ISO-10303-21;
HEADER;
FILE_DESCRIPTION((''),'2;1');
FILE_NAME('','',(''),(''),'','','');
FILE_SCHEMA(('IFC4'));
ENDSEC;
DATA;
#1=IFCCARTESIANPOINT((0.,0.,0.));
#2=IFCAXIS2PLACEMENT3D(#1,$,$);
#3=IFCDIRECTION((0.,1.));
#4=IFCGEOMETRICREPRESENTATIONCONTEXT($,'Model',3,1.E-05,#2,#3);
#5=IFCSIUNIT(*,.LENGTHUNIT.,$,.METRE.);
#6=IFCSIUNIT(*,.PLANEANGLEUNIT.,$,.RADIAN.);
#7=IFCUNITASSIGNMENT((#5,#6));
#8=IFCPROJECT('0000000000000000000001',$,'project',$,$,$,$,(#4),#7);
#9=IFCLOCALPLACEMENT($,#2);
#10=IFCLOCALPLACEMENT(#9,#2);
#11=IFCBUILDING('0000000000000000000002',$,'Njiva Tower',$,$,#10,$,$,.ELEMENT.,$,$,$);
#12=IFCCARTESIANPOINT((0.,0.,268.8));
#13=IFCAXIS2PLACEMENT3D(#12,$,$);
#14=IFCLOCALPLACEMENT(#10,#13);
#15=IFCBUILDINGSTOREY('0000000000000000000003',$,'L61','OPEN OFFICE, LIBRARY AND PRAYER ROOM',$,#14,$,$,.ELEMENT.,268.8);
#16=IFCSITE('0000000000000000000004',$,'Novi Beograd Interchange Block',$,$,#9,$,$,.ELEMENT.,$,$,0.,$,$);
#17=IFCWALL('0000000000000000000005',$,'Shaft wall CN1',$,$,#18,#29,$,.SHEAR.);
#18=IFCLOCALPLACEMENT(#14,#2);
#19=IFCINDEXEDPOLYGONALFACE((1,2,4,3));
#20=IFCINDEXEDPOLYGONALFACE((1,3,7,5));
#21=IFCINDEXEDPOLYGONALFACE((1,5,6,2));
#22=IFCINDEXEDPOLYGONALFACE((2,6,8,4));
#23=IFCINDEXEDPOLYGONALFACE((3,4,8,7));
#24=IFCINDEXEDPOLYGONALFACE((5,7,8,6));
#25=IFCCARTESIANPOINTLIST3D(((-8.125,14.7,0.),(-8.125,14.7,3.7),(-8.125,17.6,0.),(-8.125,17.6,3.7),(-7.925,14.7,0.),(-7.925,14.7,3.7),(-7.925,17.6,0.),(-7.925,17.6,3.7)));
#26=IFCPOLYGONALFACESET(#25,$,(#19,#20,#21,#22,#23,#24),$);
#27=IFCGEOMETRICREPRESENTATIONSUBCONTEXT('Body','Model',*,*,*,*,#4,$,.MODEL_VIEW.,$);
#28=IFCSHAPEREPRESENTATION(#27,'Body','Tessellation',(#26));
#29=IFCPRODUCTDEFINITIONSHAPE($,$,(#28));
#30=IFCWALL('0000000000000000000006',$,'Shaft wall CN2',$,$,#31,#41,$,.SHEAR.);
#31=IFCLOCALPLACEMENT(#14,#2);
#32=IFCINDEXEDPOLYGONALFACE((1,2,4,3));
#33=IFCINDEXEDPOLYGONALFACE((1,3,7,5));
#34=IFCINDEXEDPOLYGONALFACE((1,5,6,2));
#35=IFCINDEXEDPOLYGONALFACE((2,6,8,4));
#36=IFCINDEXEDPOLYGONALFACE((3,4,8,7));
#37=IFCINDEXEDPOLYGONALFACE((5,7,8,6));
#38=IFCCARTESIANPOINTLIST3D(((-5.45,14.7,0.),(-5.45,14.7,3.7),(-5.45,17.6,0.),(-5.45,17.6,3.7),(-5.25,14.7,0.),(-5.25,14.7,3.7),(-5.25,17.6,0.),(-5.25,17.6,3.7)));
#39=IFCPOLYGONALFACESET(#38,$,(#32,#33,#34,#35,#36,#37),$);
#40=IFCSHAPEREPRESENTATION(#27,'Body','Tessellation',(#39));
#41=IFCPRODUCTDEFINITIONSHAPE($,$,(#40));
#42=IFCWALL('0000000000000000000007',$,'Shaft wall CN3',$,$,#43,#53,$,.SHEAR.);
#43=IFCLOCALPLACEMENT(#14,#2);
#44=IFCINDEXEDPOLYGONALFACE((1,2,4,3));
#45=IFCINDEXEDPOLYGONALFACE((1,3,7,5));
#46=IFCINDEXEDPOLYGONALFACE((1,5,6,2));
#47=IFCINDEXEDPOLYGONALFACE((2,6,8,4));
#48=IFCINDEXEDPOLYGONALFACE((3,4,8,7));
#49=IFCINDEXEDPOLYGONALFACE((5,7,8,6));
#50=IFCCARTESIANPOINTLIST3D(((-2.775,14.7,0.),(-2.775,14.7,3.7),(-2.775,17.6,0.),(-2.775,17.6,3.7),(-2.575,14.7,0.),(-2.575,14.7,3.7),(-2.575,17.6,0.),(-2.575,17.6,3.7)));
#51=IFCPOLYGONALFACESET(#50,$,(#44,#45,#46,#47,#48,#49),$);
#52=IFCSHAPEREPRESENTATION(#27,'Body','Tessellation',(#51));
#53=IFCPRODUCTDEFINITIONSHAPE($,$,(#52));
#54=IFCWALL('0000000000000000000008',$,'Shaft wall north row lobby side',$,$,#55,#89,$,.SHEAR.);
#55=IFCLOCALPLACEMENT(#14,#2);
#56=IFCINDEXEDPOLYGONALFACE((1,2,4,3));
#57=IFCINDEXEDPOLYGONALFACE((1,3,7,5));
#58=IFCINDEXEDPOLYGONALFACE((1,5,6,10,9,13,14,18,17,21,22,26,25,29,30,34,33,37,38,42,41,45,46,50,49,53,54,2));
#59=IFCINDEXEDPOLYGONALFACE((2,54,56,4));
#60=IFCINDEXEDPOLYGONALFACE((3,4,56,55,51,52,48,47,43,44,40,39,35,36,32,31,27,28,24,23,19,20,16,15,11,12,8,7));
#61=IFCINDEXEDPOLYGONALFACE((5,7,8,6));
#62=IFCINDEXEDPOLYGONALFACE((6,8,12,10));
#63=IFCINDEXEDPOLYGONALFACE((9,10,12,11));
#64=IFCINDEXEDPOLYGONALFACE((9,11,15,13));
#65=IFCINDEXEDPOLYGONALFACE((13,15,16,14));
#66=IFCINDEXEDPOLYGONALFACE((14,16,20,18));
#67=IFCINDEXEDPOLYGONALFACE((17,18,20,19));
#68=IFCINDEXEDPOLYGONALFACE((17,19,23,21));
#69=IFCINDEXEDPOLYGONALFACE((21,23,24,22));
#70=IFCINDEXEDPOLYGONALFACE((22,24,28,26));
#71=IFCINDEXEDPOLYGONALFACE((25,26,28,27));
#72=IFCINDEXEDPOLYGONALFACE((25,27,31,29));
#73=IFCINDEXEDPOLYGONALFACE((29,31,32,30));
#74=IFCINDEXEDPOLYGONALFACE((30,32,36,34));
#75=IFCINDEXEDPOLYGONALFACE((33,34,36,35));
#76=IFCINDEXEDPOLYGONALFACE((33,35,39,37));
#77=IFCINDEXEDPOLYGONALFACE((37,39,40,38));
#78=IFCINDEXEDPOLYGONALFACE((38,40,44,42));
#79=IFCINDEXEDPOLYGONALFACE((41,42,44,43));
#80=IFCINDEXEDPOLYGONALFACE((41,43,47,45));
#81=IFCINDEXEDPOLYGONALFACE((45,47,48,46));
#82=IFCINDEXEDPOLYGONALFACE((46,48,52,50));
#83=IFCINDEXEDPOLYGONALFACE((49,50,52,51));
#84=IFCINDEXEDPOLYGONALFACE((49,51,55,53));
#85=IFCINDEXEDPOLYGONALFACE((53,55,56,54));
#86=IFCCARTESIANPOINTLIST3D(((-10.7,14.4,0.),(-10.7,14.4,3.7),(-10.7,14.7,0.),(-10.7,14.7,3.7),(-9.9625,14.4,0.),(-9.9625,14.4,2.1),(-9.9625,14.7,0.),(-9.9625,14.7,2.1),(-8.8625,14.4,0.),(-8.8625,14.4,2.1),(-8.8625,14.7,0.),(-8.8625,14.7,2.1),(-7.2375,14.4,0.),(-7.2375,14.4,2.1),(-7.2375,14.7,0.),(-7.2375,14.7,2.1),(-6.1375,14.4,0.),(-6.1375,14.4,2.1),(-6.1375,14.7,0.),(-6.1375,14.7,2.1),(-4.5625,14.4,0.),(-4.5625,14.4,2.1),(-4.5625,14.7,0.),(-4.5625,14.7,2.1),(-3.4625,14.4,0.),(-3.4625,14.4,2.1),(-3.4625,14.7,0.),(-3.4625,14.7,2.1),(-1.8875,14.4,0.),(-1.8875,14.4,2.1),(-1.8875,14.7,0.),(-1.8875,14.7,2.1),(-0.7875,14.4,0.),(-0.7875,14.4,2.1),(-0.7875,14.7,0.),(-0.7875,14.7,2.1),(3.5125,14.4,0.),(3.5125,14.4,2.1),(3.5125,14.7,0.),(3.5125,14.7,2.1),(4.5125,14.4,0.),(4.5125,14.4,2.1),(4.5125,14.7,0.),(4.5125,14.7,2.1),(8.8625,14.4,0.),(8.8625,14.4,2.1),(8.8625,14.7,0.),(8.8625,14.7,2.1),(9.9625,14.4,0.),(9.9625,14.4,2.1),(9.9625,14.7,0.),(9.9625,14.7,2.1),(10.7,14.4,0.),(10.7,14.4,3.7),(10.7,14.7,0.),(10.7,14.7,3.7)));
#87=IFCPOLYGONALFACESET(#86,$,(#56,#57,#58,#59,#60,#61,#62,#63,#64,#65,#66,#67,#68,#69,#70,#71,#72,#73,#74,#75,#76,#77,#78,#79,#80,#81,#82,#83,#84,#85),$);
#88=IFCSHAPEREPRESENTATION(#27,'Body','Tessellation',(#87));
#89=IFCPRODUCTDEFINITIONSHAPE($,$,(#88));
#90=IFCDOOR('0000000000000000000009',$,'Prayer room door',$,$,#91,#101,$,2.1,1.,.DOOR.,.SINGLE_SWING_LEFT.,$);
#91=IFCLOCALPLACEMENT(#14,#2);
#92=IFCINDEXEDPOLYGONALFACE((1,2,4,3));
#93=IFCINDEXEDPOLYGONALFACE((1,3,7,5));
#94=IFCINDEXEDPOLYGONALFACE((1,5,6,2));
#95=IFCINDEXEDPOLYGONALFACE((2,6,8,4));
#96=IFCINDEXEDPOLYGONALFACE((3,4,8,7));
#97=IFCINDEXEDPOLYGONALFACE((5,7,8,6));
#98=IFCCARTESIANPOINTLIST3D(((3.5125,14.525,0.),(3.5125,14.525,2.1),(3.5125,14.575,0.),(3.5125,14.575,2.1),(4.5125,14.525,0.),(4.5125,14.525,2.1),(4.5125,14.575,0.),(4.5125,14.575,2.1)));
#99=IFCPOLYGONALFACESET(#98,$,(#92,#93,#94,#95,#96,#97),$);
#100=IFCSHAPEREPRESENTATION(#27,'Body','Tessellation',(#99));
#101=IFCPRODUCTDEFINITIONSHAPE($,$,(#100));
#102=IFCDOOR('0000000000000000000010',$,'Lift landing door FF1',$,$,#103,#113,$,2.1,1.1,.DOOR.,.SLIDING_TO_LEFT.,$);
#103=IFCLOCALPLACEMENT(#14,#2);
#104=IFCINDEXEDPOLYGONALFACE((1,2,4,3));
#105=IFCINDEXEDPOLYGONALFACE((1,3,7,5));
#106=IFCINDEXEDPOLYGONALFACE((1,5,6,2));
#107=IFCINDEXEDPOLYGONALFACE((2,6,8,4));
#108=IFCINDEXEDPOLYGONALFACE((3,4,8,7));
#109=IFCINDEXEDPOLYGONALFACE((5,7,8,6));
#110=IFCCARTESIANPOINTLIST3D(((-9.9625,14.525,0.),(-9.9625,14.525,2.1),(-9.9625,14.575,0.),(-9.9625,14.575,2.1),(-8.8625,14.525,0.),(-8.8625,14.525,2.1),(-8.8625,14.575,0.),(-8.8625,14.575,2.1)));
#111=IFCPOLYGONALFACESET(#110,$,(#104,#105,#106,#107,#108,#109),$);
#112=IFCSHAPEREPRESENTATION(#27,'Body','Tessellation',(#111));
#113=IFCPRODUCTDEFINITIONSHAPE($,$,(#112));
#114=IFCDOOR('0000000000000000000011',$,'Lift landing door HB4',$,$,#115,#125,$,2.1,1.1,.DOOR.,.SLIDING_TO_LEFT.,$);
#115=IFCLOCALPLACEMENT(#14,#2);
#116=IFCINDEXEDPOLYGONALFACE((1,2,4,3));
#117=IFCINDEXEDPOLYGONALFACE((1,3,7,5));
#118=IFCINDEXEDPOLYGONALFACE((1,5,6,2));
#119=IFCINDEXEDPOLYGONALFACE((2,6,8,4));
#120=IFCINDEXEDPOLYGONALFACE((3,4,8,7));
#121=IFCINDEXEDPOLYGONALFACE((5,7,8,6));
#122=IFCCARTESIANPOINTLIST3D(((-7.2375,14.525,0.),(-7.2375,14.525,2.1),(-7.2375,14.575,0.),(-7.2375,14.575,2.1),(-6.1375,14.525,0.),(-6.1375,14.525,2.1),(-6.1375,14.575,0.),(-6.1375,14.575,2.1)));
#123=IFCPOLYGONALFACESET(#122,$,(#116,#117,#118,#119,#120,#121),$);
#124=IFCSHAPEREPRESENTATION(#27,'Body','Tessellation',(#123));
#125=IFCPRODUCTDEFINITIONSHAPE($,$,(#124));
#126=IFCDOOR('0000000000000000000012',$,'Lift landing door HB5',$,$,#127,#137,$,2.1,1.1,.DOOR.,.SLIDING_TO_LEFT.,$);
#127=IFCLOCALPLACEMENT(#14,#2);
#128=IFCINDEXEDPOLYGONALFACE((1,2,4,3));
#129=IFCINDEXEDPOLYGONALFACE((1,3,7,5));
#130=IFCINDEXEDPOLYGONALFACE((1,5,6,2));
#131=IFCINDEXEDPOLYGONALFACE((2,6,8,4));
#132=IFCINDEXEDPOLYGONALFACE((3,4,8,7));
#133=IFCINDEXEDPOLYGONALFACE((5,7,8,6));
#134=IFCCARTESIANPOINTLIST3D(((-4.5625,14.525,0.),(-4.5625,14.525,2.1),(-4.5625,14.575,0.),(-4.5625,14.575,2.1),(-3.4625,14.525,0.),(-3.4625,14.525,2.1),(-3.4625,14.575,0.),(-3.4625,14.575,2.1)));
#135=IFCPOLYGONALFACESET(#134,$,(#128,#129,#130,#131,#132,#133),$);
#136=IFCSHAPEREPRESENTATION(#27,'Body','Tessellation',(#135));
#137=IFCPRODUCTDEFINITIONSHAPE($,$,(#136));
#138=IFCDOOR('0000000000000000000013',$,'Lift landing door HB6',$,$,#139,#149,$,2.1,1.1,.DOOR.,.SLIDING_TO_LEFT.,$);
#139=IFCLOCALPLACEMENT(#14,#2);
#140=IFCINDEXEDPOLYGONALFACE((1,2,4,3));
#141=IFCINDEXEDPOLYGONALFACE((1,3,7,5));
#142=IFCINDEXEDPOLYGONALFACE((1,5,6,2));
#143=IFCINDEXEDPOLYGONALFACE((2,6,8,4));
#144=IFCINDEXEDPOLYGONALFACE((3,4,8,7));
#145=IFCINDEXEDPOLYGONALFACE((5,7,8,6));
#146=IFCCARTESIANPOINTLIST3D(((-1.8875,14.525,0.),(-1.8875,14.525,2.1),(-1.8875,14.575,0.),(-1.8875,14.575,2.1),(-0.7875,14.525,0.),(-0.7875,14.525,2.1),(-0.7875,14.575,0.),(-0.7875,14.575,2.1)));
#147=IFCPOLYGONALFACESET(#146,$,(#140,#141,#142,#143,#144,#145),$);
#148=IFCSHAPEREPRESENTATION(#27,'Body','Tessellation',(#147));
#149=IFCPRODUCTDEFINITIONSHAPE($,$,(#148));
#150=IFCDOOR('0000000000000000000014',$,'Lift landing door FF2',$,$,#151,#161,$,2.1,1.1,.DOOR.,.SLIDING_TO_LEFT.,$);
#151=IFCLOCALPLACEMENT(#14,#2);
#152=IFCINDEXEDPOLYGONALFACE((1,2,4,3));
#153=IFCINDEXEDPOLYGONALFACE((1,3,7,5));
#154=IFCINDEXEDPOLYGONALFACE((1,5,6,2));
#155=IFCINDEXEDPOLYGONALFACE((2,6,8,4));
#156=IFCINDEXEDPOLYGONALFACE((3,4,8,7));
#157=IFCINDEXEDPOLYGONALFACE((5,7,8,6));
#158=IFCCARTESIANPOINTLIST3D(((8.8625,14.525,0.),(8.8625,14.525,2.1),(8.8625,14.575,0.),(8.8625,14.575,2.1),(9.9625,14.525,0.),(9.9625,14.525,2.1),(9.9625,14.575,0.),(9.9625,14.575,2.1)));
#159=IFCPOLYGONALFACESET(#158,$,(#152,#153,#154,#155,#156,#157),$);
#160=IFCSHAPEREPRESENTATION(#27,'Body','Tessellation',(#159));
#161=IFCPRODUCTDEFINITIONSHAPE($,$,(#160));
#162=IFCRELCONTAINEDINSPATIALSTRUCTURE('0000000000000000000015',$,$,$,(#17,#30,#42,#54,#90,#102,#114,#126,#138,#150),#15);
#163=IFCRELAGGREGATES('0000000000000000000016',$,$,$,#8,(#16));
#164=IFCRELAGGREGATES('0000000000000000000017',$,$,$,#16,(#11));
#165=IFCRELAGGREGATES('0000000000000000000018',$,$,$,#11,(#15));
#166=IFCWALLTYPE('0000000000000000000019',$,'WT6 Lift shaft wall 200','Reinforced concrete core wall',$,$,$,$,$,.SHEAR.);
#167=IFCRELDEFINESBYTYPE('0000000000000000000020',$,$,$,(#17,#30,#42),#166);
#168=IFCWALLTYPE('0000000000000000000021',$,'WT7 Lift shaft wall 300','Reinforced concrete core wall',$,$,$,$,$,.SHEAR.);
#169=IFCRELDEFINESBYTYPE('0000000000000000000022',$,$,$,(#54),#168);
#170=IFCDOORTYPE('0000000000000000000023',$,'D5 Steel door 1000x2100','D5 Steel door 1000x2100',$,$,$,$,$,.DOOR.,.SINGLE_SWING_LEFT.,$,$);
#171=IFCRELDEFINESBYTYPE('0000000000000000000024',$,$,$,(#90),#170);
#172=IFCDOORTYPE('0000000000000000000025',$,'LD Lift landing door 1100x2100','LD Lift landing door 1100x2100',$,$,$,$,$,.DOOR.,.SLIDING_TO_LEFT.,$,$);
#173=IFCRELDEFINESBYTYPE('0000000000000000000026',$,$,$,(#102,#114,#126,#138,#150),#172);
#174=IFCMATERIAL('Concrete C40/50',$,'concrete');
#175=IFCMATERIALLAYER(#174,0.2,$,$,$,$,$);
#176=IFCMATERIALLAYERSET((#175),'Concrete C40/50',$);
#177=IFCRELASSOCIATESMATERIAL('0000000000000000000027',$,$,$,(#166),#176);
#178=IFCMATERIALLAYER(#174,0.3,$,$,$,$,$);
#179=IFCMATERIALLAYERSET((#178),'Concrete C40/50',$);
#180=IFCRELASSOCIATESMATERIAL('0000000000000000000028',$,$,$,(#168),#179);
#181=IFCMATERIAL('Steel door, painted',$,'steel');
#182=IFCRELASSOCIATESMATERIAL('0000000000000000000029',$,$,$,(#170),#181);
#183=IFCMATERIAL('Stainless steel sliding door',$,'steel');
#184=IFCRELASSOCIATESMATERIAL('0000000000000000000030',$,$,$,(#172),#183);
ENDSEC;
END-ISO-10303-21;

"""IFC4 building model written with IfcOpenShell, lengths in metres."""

from ifc_helpers import new_model, si_unit, direction, frame, frame_2d, origin, place, context, subcontext, project, spatial, rectangle, extrude, material, layer, layer_set, type_object, element, fill, save


model = new_model("IFC4")

# Units and contexts
model_context = context("Model", 3, precision=1e-05, world=origin(), true_north=direction((0.0, 1.0)))
body_context = subcontext(model_context, "Body", "Model", "MODEL_VIEW")
ifc_project = project(units=[si_unit("LENGTHUNIT", "METRE"), si_unit("PLANEANGLEUNIT", "RADIAN")], contexts=[model_context])

# Site, building, storey
site_placement = place(None, origin())
site = spatial("IfcSite", under=ifc_project, at=site_placement, Name="Novi Beograd Interchange Block", CompositionType="ELEMENT", RefElevation=0.0)
building_placement = place(site_placement, origin())
building = spatial("IfcBuilding", under=site, at=building_placement, Name="Njiva Tower", CompositionType="ELEMENT")
storey_placement = place(building_placement, frame((0.0, 0.0, 268.8)))
storey = spatial("IfcBuildingStorey", under=building, at=storey_placement, Name="L61", Description="OPEN OFFICE, LIBRARY AND PRAYER ROOM", CompositionType="ELEMENT", Elevation=268.8)

# Walls
ifc_material_1 = material(Name="Concrete C40/50", Category="concrete")
ifc_layer_1 = layer(ifc_material_1, 0.2)
ifc_layer_set_1 = layer_set([ifc_layer_1], Name="Concrete C40/50")
wall_type_1 = type_object("IfcWallType", Name="WT6 Lift shaft wall 200", Description="Reinforced concrete core wall", PredefinedType="SHEAR", material=ifc_layer_set_1)
for number, where, z_axis, x_axis, name in (
    (1, (-8.025, 14.7, 0.0), (0.0, 0.0, 1.0), (0.0, 1.0, 0.0), "Shaft wall CN1"),
    (2, (-5.35, 14.7, 0.0), (0.0, 0.0, 1.0), (0.0, 1.0, 0.0), "Shaft wall CN2"),
    (3, (-2.675, 14.7, 0.0), (0.0, 0.0, 1.0), (0.0, 1.0, 0.0), "Shaft wall CN3"),
):
    element("IfcWall", number, at=place(storey_placement, frame(where, z_axis=z_axis, x_axis=x_axis)), inside=storey, type_object=wall_type_1, Name=name, PredefinedType="SHEAR", context=body_context, shape_type="SweptSolid", body=[
        extrude(rectangle(XDim=2.9, YDim=0.2, at=frame_2d((1.45, 0.0))), origin(), (0.0, 0.0, 1.0), 3.7),
    ])

# Wall, openings, doors
ifc_layer_2 = layer(ifc_material_1, 0.3)
ifc_layer_set_2 = layer_set([ifc_layer_2], Name="Concrete C40/50")
wall_type_2 = type_object("IfcWallType", Name="WT7 Lift shaft wall 300", Description="Reinforced concrete core wall", PredefinedType="SHEAR", material=ifc_layer_set_2)
wall_1_placement = place(storey_placement, frame((-10.7, 14.55, 0.0), z_axis=(0.0, 0.0, 1.0), x_axis=(1.0, 0.0, 0.0)))
wall_1 = element("IfcWall", 4, at=wall_1_placement, inside=storey, type_object=wall_type_2, Name="Shaft wall north row lobby side", PredefinedType="SHEAR", context=body_context, shape_type="SweptSolid", body=[
    extrude(rectangle(XDim=21.4, YDim=0.3, at=frame_2d((10.7, 0.0))), origin(), (0.0, 0.0, 1.0), 3.7),
])
opening_1_placement = place(wall_1_placement, frame((0.7375, 0.0, 0.0)))
opening_1 = element("IfcOpeningElement", 5, at=opening_1_placement, cuts=wall_1, PredefinedType="OPENING", context=body_context, shape_type="SweptSolid", body=[
    extrude(rectangle(XDim=1.1, YDim=2.1, at=frame_2d((0.55, 1.05))), frame((0.0, 0.16, 0.0), z_axis=(0.0, -1.0, 0.0), x_axis=(1.0, 0.0, 0.0)), (0.0, 0.0, 1.0), 0.32),
])
opening_2_placement = place(wall_1_placement, frame((3.4625, 0.0, 0.0)))
opening_2 = element("IfcOpeningElement", 6, at=opening_2_placement, cuts=wall_1, PredefinedType="OPENING", context=body_context, shape_type="SweptSolid", body=[
    extrude(rectangle(XDim=1.1, YDim=2.1, at=frame_2d((0.55, 1.05))), frame((0.0, 0.16, 0.0), z_axis=(0.0, -1.0, 0.0), x_axis=(1.0, 0.0, 0.0)), (0.0, 0.0, 1.0), 0.32),
])
opening_3_placement = place(wall_1_placement, frame((6.1375, 0.0, 0.0)))
opening_3 = element("IfcOpeningElement", 7, at=opening_3_placement, cuts=wall_1, PredefinedType="OPENING", context=body_context, shape_type="SweptSolid", body=[
    extrude(rectangle(XDim=1.1, YDim=2.1, at=frame_2d((0.55, 1.05))), frame((0.0, 0.16, 0.0), z_axis=(0.0, -1.0, 0.0), x_axis=(1.0, 0.0, 0.0)), (0.0, 0.0, 1.0), 0.32),
])
opening_4_placement = place(wall_1_placement, frame((8.8125, 0.0, 0.0)))
opening_4 = element("IfcOpeningElement", 8, at=opening_4_placement, cuts=wall_1, PredefinedType="OPENING", context=body_context, shape_type="SweptSolid", body=[
    extrude(rectangle(XDim=1.1, YDim=2.1, at=frame_2d((0.55, 1.05))), frame((0.0, 0.16, 0.0), z_axis=(0.0, -1.0, 0.0), x_axis=(1.0, 0.0, 0.0)), (0.0, 0.0, 1.0), 0.32),
])
opening_5_placement = place(wall_1_placement, frame((19.5625, 0.0, 0.0)))
opening_5 = element("IfcOpeningElement", 9, at=opening_5_placement, cuts=wall_1, PredefinedType="OPENING", context=body_context, shape_type="SweptSolid", body=[
    extrude(rectangle(XDim=1.1, YDim=2.1, at=frame_2d((0.55, 1.05))), frame((0.0, 0.16, 0.0), z_axis=(0.0, -1.0, 0.0), x_axis=(1.0, 0.0, 0.0)), (0.0, 0.0, 1.0), 0.32),
])
opening_6_placement = place(wall_1_placement, frame((14.2125, 0.0, 0.0)))
opening_6 = element("IfcOpeningElement", 10, at=opening_6_placement, cuts=wall_1, PredefinedType="OPENING", context=body_context, shape_type="SweptSolid", body=[
    extrude(rectangle(XDim=1.0, YDim=2.1, at=frame_2d((0.5, 1.05))), frame((0.0, 0.16, 0.0), z_axis=(0.0, -1.0, 0.0), x_axis=(1.0, 0.0, 0.0)), (0.0, 0.0, 1.0), 0.32),
])
ifc_material_2 = material(Name="Steel door, painted", Category="steel")
door_type_1 = type_object("IfcDoorType", Name="D5 Steel door 1000x2100", Description="D5 Steel door 1000x2100", OperationType="SINGLE_SWING_LEFT", PredefinedType="DOOR", material=ifc_material_2)
door_1_placement = place(opening_6_placement, origin())
door_1 = element("IfcDoor", 11, at=door_1_placement, inside=storey, type_object=door_type_1, Name="Prayer room door", OperationType="SINGLE_SWING_LEFT", OverallHeight=2.1, OverallWidth=1.0, PredefinedType="DOOR", context=body_context, shape_type="SweptSolid", body=[
    extrude(rectangle(XDim=1.0, YDim=2.1, at=frame_2d((0.5, 1.05))), frame((0.0, 0.025, 0.0), z_axis=(0.0, -1.0, 0.0), x_axis=(1.0, 0.0, 0.0)), (0.0, 0.0, 1.0), 0.05),
])
fill(opening_6, door_1)
ifc_material_3 = material(Name="Stainless steel sliding door", Category="steel")
door_type_2 = type_object("IfcDoorType", Name="LD Lift landing door 1100x2100", Description="LD Lift landing door 1100x2100", OperationType="SLIDING_TO_LEFT", PredefinedType="DOOR", material=ifc_material_3)
door_2_placement = place(opening_1_placement, origin())
door_2 = element("IfcDoor", 12, at=door_2_placement, inside=storey, type_object=door_type_2, Name="Lift landing door FF1", OperationType="SLIDING_TO_LEFT", OverallHeight=2.1, OverallWidth=1.1, PredefinedType="DOOR", context=body_context, shape_type="SweptSolid", body=[
    extrude(rectangle(XDim=1.1, YDim=2.1, at=frame_2d((0.55, 1.05))), frame((0.0, 0.025, 0.0), z_axis=(0.0, -1.0, 0.0), x_axis=(1.0, 0.0, 0.0)), (0.0, 0.0, 1.0), 0.05),
])
fill(opening_1, door_2)
door_3_placement = place(opening_2_placement, origin())
door_3 = element("IfcDoor", 13, at=door_3_placement, inside=storey, type_object=door_type_2, Name="Lift landing door HB4", OperationType="SLIDING_TO_LEFT", OverallHeight=2.1, OverallWidth=1.1, PredefinedType="DOOR", context=body_context, shape_type="SweptSolid", body=[
    extrude(rectangle(XDim=1.1, YDim=2.1, at=frame_2d((0.55, 1.05))), frame((0.0, 0.025, 0.0), z_axis=(0.0, -1.0, 0.0), x_axis=(1.0, 0.0, 0.0)), (0.0, 0.0, 1.0), 0.05),
])
fill(opening_2, door_3)
door_4_placement = place(opening_3_placement, origin())
door_4 = element("IfcDoor", 14, at=door_4_placement, inside=storey, type_object=door_type_2, Name="Lift landing door HB5", OperationType="SLIDING_TO_LEFT", OverallHeight=2.1, OverallWidth=1.1, PredefinedType="DOOR", context=body_context, shape_type="SweptSolid", body=[
    extrude(rectangle(XDim=1.1, YDim=2.1, at=frame_2d((0.55, 1.05))), frame((0.0, 0.025, 0.0), z_axis=(0.0, -1.0, 0.0), x_axis=(1.0, 0.0, 0.0)), (0.0, 0.0, 1.0), 0.05),
])
fill(opening_3, door_4)
door_5_placement = place(opening_4_placement, origin())
door_5 = element("IfcDoor", 15, at=door_5_placement, inside=storey, type_object=door_type_2, Name="Lift landing door HB6", OperationType="SLIDING_TO_LEFT", OverallHeight=2.1, OverallWidth=1.1, PredefinedType="DOOR", context=body_context, shape_type="SweptSolid", body=[
    extrude(rectangle(XDim=1.1, YDim=2.1, at=frame_2d((0.55, 1.05))), frame((0.0, 0.025, 0.0), z_axis=(0.0, -1.0, 0.0), x_axis=(1.0, 0.0, 0.0)), (0.0, 0.0, 1.0), 0.05),
])
fill(opening_4, door_5)
door_6_placement = place(opening_5_placement, origin())
door_6 = element("IfcDoor", 16, at=door_6_placement, inside=storey, type_object=door_type_2, Name="Lift landing door FF2", OperationType="SLIDING_TO_LEFT", OverallHeight=2.1, OverallWidth=1.1, PredefinedType="DOOR", context=body_context, shape_type="SweptSolid", body=[
    extrude(rectangle(XDim=1.1, YDim=2.1, at=frame_2d((0.55, 1.05))), frame((0.0, 0.025, 0.0), z_axis=(0.0, -1.0, 0.0), x_axis=(1.0, 0.0, 0.0)), (0.0, 0.0, 1.0), 0.05),
])
fill(opening_5, door_6)

save(model, "model.ifc")
